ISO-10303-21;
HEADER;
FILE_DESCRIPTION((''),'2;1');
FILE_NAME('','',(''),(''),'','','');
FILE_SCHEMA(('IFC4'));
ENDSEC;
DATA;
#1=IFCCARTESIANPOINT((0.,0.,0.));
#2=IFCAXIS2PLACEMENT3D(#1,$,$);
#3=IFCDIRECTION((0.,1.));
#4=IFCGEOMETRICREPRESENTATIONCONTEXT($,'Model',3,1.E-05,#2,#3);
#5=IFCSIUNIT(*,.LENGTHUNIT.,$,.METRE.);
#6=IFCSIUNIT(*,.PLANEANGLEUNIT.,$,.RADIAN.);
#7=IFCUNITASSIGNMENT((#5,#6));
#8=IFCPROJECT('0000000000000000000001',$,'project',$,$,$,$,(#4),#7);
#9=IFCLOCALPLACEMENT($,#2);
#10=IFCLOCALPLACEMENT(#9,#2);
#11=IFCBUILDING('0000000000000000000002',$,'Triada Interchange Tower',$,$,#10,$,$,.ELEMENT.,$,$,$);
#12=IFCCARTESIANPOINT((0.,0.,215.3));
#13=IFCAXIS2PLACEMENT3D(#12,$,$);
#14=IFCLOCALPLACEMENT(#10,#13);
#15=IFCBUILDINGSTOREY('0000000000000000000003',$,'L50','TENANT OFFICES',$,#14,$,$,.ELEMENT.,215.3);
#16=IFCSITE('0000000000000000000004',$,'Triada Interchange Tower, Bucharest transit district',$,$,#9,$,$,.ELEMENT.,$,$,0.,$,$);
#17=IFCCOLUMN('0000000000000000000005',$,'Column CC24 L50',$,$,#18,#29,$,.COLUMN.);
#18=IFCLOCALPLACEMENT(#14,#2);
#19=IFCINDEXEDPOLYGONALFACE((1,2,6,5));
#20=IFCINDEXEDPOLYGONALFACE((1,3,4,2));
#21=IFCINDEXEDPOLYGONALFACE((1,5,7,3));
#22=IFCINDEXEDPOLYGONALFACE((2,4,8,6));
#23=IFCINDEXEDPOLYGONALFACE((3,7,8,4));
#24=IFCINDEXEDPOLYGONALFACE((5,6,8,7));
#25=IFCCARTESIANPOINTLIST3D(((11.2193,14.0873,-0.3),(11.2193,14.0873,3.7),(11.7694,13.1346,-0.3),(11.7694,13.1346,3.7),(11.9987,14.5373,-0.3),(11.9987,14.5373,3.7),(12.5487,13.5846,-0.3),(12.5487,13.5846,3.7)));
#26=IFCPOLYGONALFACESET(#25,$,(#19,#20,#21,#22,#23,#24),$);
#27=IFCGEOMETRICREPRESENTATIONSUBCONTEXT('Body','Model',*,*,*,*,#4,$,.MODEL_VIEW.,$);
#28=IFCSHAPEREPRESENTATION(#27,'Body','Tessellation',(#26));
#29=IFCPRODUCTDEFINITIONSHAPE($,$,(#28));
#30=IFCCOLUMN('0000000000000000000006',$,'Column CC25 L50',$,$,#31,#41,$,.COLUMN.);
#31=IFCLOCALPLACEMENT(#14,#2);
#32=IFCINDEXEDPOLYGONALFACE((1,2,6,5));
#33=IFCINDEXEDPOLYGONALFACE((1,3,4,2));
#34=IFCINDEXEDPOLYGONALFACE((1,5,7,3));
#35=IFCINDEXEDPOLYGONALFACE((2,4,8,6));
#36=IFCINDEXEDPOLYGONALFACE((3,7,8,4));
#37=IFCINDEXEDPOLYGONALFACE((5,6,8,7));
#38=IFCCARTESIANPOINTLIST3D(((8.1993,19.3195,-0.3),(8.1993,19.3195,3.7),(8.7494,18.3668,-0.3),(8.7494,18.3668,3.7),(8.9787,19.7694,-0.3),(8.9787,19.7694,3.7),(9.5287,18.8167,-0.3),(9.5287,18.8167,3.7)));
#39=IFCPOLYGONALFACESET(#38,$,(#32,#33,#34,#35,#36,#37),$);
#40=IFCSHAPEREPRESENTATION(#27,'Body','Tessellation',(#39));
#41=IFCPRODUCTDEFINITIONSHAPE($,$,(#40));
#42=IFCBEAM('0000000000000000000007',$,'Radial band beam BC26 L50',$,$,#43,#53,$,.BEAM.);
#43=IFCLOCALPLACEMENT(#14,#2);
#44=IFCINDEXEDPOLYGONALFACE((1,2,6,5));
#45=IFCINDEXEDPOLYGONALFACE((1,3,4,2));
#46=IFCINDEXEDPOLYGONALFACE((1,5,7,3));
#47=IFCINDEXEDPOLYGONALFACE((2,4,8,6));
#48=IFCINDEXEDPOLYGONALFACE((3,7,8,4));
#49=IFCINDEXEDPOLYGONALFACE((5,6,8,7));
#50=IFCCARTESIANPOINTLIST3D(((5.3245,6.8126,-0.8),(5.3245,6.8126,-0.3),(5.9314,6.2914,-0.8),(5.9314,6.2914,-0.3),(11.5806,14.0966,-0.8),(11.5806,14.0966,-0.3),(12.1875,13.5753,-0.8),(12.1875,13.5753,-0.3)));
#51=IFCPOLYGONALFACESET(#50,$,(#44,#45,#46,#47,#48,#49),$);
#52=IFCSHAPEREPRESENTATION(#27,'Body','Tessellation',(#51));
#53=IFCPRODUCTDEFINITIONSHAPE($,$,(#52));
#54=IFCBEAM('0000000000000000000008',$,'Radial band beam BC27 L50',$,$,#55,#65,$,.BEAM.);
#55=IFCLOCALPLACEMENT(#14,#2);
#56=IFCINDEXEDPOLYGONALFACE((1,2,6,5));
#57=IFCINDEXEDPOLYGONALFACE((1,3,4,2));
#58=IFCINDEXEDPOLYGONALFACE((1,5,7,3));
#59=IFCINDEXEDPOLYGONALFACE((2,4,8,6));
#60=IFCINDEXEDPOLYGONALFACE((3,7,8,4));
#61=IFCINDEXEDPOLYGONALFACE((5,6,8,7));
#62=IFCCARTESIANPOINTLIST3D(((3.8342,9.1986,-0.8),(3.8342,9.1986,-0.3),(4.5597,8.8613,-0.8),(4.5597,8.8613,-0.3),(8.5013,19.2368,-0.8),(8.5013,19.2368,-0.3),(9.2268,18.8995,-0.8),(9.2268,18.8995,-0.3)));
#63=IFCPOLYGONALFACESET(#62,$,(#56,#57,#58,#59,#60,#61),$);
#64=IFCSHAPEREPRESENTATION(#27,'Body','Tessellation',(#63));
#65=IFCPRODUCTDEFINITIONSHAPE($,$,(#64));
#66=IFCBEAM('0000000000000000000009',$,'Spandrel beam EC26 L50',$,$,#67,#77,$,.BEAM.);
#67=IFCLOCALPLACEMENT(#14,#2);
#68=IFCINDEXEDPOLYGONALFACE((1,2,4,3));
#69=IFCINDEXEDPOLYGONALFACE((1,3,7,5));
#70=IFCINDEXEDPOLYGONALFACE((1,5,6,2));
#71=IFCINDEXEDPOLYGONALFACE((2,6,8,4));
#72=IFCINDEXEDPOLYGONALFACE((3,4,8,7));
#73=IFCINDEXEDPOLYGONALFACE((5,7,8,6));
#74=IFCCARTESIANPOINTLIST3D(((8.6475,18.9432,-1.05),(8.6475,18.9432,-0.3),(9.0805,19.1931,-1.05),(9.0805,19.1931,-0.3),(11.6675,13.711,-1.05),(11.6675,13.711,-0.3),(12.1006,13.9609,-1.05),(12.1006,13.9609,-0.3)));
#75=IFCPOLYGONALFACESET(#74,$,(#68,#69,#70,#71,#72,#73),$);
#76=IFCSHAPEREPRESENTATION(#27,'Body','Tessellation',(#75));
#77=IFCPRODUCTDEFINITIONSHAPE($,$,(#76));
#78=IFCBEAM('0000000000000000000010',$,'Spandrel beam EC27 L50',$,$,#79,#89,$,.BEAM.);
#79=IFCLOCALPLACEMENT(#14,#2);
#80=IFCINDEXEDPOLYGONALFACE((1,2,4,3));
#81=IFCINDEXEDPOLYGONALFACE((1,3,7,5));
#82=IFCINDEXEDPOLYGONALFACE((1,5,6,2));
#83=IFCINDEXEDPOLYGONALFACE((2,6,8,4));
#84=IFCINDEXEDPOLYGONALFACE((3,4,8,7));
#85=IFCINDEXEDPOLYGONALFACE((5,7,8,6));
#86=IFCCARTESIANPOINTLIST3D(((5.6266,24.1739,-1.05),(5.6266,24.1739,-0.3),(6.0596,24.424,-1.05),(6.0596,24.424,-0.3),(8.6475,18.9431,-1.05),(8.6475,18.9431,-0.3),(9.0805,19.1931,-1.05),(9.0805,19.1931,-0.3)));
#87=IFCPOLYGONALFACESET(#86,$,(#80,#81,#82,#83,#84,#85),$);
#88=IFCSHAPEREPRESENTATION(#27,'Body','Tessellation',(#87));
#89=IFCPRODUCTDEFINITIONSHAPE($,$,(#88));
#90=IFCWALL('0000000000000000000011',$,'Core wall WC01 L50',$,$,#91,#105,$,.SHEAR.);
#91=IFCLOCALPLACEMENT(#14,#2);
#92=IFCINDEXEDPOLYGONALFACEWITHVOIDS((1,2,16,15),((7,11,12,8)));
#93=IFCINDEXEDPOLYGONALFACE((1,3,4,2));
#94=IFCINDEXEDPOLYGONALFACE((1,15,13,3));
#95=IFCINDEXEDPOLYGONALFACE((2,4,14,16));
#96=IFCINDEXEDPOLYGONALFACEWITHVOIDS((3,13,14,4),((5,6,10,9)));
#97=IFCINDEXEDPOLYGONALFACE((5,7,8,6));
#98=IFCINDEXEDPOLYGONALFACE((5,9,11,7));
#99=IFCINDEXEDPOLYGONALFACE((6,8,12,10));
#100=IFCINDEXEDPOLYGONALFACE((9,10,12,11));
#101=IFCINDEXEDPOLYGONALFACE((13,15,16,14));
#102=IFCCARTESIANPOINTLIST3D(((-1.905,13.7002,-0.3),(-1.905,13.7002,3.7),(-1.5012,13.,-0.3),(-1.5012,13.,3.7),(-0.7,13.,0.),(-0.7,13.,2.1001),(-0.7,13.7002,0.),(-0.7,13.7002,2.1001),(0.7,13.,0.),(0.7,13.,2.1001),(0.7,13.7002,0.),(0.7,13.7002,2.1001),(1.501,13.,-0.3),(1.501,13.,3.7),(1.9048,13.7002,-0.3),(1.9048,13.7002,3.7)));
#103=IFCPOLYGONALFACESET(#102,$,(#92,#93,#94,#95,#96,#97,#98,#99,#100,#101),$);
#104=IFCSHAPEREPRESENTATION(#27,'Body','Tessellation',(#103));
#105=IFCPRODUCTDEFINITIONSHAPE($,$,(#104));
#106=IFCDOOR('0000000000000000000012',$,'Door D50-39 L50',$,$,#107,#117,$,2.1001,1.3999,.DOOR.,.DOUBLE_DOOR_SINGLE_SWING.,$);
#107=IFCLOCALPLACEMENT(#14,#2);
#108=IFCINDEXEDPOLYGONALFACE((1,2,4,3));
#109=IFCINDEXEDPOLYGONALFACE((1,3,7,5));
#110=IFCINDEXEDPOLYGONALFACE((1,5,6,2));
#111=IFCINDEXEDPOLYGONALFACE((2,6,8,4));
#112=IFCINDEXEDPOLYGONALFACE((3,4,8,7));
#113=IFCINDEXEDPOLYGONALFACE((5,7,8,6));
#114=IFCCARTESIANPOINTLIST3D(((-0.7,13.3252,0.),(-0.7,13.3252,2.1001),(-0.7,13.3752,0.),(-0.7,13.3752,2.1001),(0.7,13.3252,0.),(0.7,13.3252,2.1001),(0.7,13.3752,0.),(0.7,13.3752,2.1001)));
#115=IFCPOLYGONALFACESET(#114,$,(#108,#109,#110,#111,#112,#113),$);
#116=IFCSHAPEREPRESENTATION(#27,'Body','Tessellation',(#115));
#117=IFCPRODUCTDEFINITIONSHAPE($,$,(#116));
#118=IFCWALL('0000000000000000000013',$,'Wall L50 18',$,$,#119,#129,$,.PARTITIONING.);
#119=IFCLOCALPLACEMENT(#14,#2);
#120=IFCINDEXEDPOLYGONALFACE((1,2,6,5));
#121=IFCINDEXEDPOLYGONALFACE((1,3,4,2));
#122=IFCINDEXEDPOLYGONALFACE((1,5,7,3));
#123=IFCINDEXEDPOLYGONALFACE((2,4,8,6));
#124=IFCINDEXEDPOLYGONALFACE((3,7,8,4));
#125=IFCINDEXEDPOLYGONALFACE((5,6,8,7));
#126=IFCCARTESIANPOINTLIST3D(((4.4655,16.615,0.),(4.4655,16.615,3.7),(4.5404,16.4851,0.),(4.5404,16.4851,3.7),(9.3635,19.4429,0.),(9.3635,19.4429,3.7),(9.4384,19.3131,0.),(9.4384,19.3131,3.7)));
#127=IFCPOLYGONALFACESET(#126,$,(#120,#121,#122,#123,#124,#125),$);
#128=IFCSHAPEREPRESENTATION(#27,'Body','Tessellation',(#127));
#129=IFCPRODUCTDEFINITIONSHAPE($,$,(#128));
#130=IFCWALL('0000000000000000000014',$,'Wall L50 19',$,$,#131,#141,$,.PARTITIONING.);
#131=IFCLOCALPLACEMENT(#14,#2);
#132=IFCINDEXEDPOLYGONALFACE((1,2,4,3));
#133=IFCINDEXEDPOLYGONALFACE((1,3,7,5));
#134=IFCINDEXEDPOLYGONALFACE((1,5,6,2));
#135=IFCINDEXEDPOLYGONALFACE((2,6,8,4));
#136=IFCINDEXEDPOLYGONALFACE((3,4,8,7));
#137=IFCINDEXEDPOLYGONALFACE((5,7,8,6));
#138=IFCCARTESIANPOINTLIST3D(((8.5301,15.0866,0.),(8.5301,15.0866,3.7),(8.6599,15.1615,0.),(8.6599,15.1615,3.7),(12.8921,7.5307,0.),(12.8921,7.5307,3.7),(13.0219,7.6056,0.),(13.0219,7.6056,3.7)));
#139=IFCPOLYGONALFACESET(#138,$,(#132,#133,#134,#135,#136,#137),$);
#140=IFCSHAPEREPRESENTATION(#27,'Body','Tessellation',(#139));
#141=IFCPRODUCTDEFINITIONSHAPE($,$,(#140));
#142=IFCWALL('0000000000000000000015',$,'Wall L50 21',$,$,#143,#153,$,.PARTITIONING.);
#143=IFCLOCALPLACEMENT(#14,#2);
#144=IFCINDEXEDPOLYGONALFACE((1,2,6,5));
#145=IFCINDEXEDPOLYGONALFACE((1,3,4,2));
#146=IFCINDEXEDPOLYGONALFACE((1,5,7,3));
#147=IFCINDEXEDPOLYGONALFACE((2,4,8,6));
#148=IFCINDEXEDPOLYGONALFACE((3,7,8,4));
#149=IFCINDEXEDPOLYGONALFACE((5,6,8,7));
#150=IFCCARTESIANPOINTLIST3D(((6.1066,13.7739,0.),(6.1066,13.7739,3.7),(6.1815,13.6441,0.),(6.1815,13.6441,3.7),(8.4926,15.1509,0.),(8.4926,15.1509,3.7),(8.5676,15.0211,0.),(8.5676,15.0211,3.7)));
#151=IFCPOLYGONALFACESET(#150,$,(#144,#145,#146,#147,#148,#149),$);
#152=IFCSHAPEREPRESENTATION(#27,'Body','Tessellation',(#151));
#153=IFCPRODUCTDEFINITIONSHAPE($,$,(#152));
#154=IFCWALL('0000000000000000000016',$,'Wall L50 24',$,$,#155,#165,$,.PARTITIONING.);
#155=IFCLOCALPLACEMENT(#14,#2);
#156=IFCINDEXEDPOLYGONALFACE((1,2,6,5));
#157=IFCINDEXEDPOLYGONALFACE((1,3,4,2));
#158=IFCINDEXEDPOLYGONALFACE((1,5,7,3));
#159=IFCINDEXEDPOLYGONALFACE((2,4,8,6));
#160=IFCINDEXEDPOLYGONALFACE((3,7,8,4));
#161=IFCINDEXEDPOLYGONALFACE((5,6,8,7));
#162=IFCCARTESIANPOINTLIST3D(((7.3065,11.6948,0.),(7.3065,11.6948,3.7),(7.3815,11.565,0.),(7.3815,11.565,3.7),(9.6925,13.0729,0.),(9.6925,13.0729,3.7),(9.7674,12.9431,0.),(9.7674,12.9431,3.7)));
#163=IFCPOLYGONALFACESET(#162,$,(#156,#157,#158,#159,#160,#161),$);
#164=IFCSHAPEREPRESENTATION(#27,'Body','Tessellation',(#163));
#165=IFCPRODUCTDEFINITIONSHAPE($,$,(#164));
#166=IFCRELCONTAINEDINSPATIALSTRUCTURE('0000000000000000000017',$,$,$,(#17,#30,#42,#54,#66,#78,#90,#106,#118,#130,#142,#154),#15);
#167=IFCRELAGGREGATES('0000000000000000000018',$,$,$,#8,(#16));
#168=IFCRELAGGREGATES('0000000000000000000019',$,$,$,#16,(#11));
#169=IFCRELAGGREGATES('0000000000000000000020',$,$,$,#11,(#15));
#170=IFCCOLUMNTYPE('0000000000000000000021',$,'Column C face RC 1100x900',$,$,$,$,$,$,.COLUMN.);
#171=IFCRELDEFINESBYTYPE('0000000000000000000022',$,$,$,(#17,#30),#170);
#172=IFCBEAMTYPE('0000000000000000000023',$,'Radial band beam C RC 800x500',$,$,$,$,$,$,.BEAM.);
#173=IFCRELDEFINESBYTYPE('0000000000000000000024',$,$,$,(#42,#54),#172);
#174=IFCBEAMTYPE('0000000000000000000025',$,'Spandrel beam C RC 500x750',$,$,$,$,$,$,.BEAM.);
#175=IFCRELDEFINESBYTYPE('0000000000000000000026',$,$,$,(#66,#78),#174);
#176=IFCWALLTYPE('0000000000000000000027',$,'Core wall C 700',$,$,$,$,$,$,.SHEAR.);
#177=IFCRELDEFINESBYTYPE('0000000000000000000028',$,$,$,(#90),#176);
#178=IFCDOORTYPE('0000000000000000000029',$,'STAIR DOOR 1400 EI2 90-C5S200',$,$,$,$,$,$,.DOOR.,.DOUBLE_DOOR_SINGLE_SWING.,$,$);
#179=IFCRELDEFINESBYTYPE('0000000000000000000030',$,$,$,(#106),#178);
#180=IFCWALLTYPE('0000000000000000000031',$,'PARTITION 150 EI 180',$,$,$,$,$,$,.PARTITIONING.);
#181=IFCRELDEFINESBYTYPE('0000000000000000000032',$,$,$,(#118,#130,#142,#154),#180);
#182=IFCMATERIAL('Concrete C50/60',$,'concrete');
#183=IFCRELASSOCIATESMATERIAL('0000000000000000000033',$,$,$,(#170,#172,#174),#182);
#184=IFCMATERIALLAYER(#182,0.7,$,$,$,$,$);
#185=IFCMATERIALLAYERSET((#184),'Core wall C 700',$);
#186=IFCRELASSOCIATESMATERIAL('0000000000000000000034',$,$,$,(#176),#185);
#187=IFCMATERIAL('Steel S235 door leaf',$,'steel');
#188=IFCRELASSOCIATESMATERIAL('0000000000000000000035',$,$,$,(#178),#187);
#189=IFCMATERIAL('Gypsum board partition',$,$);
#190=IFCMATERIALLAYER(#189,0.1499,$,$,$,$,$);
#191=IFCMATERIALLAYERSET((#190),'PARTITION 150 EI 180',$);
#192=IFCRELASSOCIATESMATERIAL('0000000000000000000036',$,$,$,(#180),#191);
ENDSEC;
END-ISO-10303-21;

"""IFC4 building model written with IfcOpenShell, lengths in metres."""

from ifc_helpers import new_model, si_unit, direction, frame, frame_2d, origin, origin_2d, place, context, subcontext, project, spatial, polyline, rectangle, outline, extrude, material, layer, layer_set, material_profile, profile_set, type_object, element, fill, save


model = new_model("IFC4")

# Units and contexts
model_context = context("Model", 3, precision=1e-05, world=origin(), true_north=direction((0.0, 1.0)))
body_context = subcontext(model_context, "Body", "Model", "MODEL_VIEW")
ifc_project = project(units=[si_unit("LENGTHUNIT", "METRE"), si_unit("PLANEANGLEUNIT", "RADIAN")], contexts=[model_context])

# Site, building, storey
site_placement = place(None, origin())
site = spatial("IfcSite", under=ifc_project, at=site_placement, Name="Triada Interchange Tower, Bucharest transit district", CompositionType="ELEMENT", RefElevation=0.0)
building_placement = place(site_placement, origin())
building = spatial("IfcBuilding", under=site, at=building_placement, Name="Triada Interchange Tower", CompositionType="ELEMENT")
storey_placement = place(building_placement, frame((0.0, 0.0, 215.3)))
storey = spatial("IfcBuildingStorey", under=building, at=storey_placement, Name="L50", Description="TENANT OFFICES", CompositionType="ELEMENT", Elevation=215.3)

# Columns
ifc_material_1 = material(Name="Concrete C50/60", Category="concrete")
ifc_material_profile_1 = material_profile(ifc_material_1, rectangle(XDim=1.1001, YDim=0.8999, at=origin_2d()), Name="RC 1100x900")
ifc_profile_set_1 = profile_set([ifc_material_profile_1], Name="Concrete C50/60")
column_type = type_object("IfcColumnType", Name="Column C face RC 1100x900", PredefinedType="COLUMN", material=ifc_profile_set_1)
for number, where, z_axis, x_axis, name in (
    (1, (11.884, 13.8359, -0.3), (0.0, 0.0, 1.0), (-0.5, 0.866025, 0.0), "Column CC24 L50"),
    (2, (8.864, 19.0681, -0.3), (0.0, 0.0, 1.0), (-0.5, 0.866025, 0.0), "Column CC25 L50"),
):
    element("IfcColumn", number, at=place(storey_placement, frame(where, z_axis=z_axis, x_axis=x_axis)), inside=storey, type_object=column_type, Name=name, PredefinedType="COLUMN", context=body_context, shape_type="SweptSolid", body=[
        extrude(rectangle(XDim=1.1001, YDim=0.8999, at=origin_2d()), origin(), (0.0, 0.0, 1.0), 4.0),
    ])

# Beams
ifc_material_profile_2 = material_profile(ifc_material_1, rectangle(XDim=0.8, YDim=0.5, at=origin_2d()), Name="RC 800x500")
ifc_profile_set_2 = profile_set([ifc_material_profile_2], Name="Concrete C50/60")
beam_type_1 = type_object("IfcBeamType", Name="Radial band beam C RC 800x500", PredefinedType="BEAM", material=ifc_profile_set_2)
beam_1_placement = place(storey_placement, frame((11.884, 13.8359, -0.55), z_axis=(-0.651555, -0.758601, 0.0), x_axis=(0.758601, -0.651555, 0.0)))
element("IfcBeam", 3, at=beam_1_placement, inside=storey, type_object=beam_type_1, Name="Radial band beam BC26 L50", PredefinedType="BEAM", context=body_context, shape_type="SweptSolid", body=[
    extrude(rectangle(XDim=0.8, YDim=0.5, at=origin_2d()), origin(), (0.0, 0.0, 1.0), 9.6018),
])
beam_2_placement = place(storey_placement, frame((8.864, 19.0681, -0.55), z_axis=(-0.421591, -0.906786, 0.0), x_axis=(0.906786, -0.421591, 0.0)))
element("IfcBeam", 4, at=beam_2_placement, inside=storey, type_object=beam_type_1, Name="Radial band beam BC27 L50", PredefinedType="BEAM", context=body_context, shape_type="SweptSolid", body=[
    extrude(rectangle(XDim=0.8, YDim=0.5, at=origin_2d()), origin(), (0.0, 0.0, 1.0), 11.0701),
])
ifc_material_profile_3 = material_profile(ifc_material_1, rectangle(XDim=0.5, YDim=0.75, at=origin_2d()), Name="RC 500x750")
ifc_profile_set_3 = profile_set([ifc_material_profile_3], Name="Concrete C50/60")
beam_type_2 = type_object("IfcBeamType", Name="Spandrel beam C RC 500x750", PredefinedType="BEAM", material=ifc_profile_set_3)
beam_3_placement = place(storey_placement, frame((11.884, 13.8359, -0.675), z_axis=(-0.499903, 0.866081, 0.0), x_axis=(-0.866081, -0.499903, 0.0)))
element("IfcBeam", 5, at=beam_3_placement, inside=storey, type_object=beam_type_2, Name="Spandrel beam EC26 L50", PredefinedType="BEAM", context=body_context, shape_type="SweptSolid", body=[
    extrude(rectangle(XDim=0.5, YDim=0.75, at=origin_2d()), origin(), (0.0, 0.0, 1.0), 6.0413),
])
beam_4_placement = place(storey_placement, frame((8.864, 19.0681, -0.675), z_axis=(-0.500112, 0.865961, 0.0), x_axis=(-0.865961, -0.500112, 0.0)))
element("IfcBeam", 6, at=beam_4_placement, inside=storey, type_object=beam_type_2, Name="Spandrel beam EC27 L50", PredefinedType="BEAM", context=body_context, shape_type="SweptSolid", body=[
    extrude(rectangle(XDim=0.5, YDim=0.75, at=origin_2d()), origin(), (0.0, 0.0, 1.0), 6.0405),
])

# Wall, opening, door
ifc_layer_1 = layer(ifc_material_1, 0.7)
ifc_layer_set_1 = layer_set([ifc_layer_1], Name="Core wall C 700")
wall_type_1 = type_object("IfcWallType", Name="Core wall C 700", PredefinedType="SHEAR", material=ifc_layer_set_1)
wall_1_placement = place(storey_placement, frame((1.7029, 13.3501, -0.3), z_axis=(0.0, 0.0, 1.0), x_axis=(-1.0, 0.0, 0.0)))
wall_1 = element("IfcWall", 7, at=wall_1_placement, inside=storey, type_object=wall_type_1, Name="Core wall WC01 L50", PredefinedType="SHEAR", context=body_context, shape_type="SweptSolid", body=[
    extrude(outline(polyline([(-0.2019, -0.3501), (1.7031, -0.3501), (3.6079, -0.3501), (3.2041, 0.3501), (1.7031, 0.3501), (0.2019, 0.3501), (-0.2019, -0.3501)])), origin(), (0.0, 0.0, 1.0), 4.0),
])
opening_placement = place(wall_1_placement, frame((1.0029, 0.0, 0.3)))
opening = element("IfcOpeningElement", 8, at=opening_placement, cuts=wall_1, PredefinedType="OPENING", context=body_context, shape_type="SweptSolid", body=[
    extrude(rectangle(XDim=1.3999, YDim=2.1001, at=frame_2d((0.7, 1.05))), frame((0.0, 0.3601, 0.0), z_axis=(0.0, -1.0, 0.0), x_axis=(1.0, 0.0, 0.0)), (0.0, 0.0, 1.0), 0.7202),
])
ifc_material_2 = material(Name="Steel S235 door leaf", Category="steel")
door_type = type_object("IfcDoorType", Name="STAIR DOOR 1400 EI2 90-C5S200", OperationType="DOUBLE_DOOR_SINGLE_SWING", PredefinedType="DOOR", material=ifc_material_2)
door_placement = place(opening_placement, origin())
door = element("IfcDoor", 9, at=door_placement, inside=storey, type_object=door_type, Name="Door D50-39 L50", OperationType="DOUBLE_DOOR_SINGLE_SWING", OverallHeight=2.1001, OverallWidth=1.3999, PredefinedType="DOOR", context=body_context, shape_type="SweptSolid", body=[
    extrude(rectangle(XDim=1.3999, YDim=2.1001, at=frame_2d((0.7, 1.05))), frame((0.0, 0.0249, 0.0), z_axis=(0.0, -1.0, 0.0), x_axis=(1.0, 0.0, 0.0)), (0.0, 0.0, 1.0), 0.05),
])
fill(opening, door)

# Walls
ifc_material_3 = material(Name="Gypsum board partition")
ifc_layer_2 = layer(ifc_material_3, 0.1499)
ifc_layer_set_2 = layer_set([ifc_layer_2], Name="PARTITION 150 EI 180")
wall_type_2 = type_object("IfcWallType", Name="PARTITION 150 EI 180", PredefinedType="PARTITIONING", material=ifc_layer_set_2)
wall_2_placement = place(storey_placement, frame((4.5029, 16.55, 0.0), z_axis=(0.0, 0.0, 1.0), x_axis=(0.866022, 0.500006, 0.0)))
element("IfcWall", 10, at=wall_2_placement, inside=storey, type_object=wall_type_2, Name="Wall L50 18", PredefinedType="PARTITIONING", context=body_context, shape_type="SweptSolid", body=[
    extrude(rectangle(XDim=5.6558, YDim=0.1499, at=frame_2d((2.8279, 0.0))), origin(), (0.0, 0.0, 1.0), 3.7),
])
wall_3_placement = place(storey_placement, frame((8.595, 15.124, 0.0), z_axis=(0.0, 0.0, 1.0), x_axis=(0.49997, -0.866043, 0.0)))
element("IfcWall", 11, at=wall_3_placement, inside=storey, type_object=wall_type_2, Name="Wall L50 19", PredefinedType="PARTITIONING", context=body_context, shape_type="SweptSolid", body=[
    extrude(rectangle(XDim=8.7246, YDim=0.1499, at=frame_2d((4.3623, 0.0))), origin(), (0.0, 0.0, 1.0), 3.7),
])
wall_4_placement = place(storey_placement, frame((6.144, 13.709, 0.0), z_axis=(0.0, 0.0, 1.0), x_axis=(0.866119, 0.499838, 0.0)))
element("IfcWall", 12, at=wall_4_placement, inside=storey, type_object=wall_type_2, Name="Wall L50 21", PredefinedType="PARTITIONING", context=body_context, shape_type="SweptSolid", body=[
    extrude(rectangle(XDim=2.7549, YDim=0.1499, at=frame_2d((1.3774, 0.0))), origin(), (0.0, 0.0, 1.0), 3.7),
])
wall_5_placement = place(storey_placement, frame((7.344, 11.6299, 0.0), z_axis=(0.0, 0.0, 1.0), x_axis=(0.865927, 0.50017, 0.0)))
element("IfcWall", 13, at=wall_5_placement, inside=storey, type_object=wall_type_2, Name="Wall L50 24", PredefinedType="PARTITIONING", context=body_context, shape_type="SweptSolid", body=[
    extrude(rectangle(XDim=2.7554, YDim=0.1499, at=frame_2d((1.3777, 0.0))), origin(), (0.0, 0.0, 1.0), 3.7),
])

save(model, "model.ifc")
